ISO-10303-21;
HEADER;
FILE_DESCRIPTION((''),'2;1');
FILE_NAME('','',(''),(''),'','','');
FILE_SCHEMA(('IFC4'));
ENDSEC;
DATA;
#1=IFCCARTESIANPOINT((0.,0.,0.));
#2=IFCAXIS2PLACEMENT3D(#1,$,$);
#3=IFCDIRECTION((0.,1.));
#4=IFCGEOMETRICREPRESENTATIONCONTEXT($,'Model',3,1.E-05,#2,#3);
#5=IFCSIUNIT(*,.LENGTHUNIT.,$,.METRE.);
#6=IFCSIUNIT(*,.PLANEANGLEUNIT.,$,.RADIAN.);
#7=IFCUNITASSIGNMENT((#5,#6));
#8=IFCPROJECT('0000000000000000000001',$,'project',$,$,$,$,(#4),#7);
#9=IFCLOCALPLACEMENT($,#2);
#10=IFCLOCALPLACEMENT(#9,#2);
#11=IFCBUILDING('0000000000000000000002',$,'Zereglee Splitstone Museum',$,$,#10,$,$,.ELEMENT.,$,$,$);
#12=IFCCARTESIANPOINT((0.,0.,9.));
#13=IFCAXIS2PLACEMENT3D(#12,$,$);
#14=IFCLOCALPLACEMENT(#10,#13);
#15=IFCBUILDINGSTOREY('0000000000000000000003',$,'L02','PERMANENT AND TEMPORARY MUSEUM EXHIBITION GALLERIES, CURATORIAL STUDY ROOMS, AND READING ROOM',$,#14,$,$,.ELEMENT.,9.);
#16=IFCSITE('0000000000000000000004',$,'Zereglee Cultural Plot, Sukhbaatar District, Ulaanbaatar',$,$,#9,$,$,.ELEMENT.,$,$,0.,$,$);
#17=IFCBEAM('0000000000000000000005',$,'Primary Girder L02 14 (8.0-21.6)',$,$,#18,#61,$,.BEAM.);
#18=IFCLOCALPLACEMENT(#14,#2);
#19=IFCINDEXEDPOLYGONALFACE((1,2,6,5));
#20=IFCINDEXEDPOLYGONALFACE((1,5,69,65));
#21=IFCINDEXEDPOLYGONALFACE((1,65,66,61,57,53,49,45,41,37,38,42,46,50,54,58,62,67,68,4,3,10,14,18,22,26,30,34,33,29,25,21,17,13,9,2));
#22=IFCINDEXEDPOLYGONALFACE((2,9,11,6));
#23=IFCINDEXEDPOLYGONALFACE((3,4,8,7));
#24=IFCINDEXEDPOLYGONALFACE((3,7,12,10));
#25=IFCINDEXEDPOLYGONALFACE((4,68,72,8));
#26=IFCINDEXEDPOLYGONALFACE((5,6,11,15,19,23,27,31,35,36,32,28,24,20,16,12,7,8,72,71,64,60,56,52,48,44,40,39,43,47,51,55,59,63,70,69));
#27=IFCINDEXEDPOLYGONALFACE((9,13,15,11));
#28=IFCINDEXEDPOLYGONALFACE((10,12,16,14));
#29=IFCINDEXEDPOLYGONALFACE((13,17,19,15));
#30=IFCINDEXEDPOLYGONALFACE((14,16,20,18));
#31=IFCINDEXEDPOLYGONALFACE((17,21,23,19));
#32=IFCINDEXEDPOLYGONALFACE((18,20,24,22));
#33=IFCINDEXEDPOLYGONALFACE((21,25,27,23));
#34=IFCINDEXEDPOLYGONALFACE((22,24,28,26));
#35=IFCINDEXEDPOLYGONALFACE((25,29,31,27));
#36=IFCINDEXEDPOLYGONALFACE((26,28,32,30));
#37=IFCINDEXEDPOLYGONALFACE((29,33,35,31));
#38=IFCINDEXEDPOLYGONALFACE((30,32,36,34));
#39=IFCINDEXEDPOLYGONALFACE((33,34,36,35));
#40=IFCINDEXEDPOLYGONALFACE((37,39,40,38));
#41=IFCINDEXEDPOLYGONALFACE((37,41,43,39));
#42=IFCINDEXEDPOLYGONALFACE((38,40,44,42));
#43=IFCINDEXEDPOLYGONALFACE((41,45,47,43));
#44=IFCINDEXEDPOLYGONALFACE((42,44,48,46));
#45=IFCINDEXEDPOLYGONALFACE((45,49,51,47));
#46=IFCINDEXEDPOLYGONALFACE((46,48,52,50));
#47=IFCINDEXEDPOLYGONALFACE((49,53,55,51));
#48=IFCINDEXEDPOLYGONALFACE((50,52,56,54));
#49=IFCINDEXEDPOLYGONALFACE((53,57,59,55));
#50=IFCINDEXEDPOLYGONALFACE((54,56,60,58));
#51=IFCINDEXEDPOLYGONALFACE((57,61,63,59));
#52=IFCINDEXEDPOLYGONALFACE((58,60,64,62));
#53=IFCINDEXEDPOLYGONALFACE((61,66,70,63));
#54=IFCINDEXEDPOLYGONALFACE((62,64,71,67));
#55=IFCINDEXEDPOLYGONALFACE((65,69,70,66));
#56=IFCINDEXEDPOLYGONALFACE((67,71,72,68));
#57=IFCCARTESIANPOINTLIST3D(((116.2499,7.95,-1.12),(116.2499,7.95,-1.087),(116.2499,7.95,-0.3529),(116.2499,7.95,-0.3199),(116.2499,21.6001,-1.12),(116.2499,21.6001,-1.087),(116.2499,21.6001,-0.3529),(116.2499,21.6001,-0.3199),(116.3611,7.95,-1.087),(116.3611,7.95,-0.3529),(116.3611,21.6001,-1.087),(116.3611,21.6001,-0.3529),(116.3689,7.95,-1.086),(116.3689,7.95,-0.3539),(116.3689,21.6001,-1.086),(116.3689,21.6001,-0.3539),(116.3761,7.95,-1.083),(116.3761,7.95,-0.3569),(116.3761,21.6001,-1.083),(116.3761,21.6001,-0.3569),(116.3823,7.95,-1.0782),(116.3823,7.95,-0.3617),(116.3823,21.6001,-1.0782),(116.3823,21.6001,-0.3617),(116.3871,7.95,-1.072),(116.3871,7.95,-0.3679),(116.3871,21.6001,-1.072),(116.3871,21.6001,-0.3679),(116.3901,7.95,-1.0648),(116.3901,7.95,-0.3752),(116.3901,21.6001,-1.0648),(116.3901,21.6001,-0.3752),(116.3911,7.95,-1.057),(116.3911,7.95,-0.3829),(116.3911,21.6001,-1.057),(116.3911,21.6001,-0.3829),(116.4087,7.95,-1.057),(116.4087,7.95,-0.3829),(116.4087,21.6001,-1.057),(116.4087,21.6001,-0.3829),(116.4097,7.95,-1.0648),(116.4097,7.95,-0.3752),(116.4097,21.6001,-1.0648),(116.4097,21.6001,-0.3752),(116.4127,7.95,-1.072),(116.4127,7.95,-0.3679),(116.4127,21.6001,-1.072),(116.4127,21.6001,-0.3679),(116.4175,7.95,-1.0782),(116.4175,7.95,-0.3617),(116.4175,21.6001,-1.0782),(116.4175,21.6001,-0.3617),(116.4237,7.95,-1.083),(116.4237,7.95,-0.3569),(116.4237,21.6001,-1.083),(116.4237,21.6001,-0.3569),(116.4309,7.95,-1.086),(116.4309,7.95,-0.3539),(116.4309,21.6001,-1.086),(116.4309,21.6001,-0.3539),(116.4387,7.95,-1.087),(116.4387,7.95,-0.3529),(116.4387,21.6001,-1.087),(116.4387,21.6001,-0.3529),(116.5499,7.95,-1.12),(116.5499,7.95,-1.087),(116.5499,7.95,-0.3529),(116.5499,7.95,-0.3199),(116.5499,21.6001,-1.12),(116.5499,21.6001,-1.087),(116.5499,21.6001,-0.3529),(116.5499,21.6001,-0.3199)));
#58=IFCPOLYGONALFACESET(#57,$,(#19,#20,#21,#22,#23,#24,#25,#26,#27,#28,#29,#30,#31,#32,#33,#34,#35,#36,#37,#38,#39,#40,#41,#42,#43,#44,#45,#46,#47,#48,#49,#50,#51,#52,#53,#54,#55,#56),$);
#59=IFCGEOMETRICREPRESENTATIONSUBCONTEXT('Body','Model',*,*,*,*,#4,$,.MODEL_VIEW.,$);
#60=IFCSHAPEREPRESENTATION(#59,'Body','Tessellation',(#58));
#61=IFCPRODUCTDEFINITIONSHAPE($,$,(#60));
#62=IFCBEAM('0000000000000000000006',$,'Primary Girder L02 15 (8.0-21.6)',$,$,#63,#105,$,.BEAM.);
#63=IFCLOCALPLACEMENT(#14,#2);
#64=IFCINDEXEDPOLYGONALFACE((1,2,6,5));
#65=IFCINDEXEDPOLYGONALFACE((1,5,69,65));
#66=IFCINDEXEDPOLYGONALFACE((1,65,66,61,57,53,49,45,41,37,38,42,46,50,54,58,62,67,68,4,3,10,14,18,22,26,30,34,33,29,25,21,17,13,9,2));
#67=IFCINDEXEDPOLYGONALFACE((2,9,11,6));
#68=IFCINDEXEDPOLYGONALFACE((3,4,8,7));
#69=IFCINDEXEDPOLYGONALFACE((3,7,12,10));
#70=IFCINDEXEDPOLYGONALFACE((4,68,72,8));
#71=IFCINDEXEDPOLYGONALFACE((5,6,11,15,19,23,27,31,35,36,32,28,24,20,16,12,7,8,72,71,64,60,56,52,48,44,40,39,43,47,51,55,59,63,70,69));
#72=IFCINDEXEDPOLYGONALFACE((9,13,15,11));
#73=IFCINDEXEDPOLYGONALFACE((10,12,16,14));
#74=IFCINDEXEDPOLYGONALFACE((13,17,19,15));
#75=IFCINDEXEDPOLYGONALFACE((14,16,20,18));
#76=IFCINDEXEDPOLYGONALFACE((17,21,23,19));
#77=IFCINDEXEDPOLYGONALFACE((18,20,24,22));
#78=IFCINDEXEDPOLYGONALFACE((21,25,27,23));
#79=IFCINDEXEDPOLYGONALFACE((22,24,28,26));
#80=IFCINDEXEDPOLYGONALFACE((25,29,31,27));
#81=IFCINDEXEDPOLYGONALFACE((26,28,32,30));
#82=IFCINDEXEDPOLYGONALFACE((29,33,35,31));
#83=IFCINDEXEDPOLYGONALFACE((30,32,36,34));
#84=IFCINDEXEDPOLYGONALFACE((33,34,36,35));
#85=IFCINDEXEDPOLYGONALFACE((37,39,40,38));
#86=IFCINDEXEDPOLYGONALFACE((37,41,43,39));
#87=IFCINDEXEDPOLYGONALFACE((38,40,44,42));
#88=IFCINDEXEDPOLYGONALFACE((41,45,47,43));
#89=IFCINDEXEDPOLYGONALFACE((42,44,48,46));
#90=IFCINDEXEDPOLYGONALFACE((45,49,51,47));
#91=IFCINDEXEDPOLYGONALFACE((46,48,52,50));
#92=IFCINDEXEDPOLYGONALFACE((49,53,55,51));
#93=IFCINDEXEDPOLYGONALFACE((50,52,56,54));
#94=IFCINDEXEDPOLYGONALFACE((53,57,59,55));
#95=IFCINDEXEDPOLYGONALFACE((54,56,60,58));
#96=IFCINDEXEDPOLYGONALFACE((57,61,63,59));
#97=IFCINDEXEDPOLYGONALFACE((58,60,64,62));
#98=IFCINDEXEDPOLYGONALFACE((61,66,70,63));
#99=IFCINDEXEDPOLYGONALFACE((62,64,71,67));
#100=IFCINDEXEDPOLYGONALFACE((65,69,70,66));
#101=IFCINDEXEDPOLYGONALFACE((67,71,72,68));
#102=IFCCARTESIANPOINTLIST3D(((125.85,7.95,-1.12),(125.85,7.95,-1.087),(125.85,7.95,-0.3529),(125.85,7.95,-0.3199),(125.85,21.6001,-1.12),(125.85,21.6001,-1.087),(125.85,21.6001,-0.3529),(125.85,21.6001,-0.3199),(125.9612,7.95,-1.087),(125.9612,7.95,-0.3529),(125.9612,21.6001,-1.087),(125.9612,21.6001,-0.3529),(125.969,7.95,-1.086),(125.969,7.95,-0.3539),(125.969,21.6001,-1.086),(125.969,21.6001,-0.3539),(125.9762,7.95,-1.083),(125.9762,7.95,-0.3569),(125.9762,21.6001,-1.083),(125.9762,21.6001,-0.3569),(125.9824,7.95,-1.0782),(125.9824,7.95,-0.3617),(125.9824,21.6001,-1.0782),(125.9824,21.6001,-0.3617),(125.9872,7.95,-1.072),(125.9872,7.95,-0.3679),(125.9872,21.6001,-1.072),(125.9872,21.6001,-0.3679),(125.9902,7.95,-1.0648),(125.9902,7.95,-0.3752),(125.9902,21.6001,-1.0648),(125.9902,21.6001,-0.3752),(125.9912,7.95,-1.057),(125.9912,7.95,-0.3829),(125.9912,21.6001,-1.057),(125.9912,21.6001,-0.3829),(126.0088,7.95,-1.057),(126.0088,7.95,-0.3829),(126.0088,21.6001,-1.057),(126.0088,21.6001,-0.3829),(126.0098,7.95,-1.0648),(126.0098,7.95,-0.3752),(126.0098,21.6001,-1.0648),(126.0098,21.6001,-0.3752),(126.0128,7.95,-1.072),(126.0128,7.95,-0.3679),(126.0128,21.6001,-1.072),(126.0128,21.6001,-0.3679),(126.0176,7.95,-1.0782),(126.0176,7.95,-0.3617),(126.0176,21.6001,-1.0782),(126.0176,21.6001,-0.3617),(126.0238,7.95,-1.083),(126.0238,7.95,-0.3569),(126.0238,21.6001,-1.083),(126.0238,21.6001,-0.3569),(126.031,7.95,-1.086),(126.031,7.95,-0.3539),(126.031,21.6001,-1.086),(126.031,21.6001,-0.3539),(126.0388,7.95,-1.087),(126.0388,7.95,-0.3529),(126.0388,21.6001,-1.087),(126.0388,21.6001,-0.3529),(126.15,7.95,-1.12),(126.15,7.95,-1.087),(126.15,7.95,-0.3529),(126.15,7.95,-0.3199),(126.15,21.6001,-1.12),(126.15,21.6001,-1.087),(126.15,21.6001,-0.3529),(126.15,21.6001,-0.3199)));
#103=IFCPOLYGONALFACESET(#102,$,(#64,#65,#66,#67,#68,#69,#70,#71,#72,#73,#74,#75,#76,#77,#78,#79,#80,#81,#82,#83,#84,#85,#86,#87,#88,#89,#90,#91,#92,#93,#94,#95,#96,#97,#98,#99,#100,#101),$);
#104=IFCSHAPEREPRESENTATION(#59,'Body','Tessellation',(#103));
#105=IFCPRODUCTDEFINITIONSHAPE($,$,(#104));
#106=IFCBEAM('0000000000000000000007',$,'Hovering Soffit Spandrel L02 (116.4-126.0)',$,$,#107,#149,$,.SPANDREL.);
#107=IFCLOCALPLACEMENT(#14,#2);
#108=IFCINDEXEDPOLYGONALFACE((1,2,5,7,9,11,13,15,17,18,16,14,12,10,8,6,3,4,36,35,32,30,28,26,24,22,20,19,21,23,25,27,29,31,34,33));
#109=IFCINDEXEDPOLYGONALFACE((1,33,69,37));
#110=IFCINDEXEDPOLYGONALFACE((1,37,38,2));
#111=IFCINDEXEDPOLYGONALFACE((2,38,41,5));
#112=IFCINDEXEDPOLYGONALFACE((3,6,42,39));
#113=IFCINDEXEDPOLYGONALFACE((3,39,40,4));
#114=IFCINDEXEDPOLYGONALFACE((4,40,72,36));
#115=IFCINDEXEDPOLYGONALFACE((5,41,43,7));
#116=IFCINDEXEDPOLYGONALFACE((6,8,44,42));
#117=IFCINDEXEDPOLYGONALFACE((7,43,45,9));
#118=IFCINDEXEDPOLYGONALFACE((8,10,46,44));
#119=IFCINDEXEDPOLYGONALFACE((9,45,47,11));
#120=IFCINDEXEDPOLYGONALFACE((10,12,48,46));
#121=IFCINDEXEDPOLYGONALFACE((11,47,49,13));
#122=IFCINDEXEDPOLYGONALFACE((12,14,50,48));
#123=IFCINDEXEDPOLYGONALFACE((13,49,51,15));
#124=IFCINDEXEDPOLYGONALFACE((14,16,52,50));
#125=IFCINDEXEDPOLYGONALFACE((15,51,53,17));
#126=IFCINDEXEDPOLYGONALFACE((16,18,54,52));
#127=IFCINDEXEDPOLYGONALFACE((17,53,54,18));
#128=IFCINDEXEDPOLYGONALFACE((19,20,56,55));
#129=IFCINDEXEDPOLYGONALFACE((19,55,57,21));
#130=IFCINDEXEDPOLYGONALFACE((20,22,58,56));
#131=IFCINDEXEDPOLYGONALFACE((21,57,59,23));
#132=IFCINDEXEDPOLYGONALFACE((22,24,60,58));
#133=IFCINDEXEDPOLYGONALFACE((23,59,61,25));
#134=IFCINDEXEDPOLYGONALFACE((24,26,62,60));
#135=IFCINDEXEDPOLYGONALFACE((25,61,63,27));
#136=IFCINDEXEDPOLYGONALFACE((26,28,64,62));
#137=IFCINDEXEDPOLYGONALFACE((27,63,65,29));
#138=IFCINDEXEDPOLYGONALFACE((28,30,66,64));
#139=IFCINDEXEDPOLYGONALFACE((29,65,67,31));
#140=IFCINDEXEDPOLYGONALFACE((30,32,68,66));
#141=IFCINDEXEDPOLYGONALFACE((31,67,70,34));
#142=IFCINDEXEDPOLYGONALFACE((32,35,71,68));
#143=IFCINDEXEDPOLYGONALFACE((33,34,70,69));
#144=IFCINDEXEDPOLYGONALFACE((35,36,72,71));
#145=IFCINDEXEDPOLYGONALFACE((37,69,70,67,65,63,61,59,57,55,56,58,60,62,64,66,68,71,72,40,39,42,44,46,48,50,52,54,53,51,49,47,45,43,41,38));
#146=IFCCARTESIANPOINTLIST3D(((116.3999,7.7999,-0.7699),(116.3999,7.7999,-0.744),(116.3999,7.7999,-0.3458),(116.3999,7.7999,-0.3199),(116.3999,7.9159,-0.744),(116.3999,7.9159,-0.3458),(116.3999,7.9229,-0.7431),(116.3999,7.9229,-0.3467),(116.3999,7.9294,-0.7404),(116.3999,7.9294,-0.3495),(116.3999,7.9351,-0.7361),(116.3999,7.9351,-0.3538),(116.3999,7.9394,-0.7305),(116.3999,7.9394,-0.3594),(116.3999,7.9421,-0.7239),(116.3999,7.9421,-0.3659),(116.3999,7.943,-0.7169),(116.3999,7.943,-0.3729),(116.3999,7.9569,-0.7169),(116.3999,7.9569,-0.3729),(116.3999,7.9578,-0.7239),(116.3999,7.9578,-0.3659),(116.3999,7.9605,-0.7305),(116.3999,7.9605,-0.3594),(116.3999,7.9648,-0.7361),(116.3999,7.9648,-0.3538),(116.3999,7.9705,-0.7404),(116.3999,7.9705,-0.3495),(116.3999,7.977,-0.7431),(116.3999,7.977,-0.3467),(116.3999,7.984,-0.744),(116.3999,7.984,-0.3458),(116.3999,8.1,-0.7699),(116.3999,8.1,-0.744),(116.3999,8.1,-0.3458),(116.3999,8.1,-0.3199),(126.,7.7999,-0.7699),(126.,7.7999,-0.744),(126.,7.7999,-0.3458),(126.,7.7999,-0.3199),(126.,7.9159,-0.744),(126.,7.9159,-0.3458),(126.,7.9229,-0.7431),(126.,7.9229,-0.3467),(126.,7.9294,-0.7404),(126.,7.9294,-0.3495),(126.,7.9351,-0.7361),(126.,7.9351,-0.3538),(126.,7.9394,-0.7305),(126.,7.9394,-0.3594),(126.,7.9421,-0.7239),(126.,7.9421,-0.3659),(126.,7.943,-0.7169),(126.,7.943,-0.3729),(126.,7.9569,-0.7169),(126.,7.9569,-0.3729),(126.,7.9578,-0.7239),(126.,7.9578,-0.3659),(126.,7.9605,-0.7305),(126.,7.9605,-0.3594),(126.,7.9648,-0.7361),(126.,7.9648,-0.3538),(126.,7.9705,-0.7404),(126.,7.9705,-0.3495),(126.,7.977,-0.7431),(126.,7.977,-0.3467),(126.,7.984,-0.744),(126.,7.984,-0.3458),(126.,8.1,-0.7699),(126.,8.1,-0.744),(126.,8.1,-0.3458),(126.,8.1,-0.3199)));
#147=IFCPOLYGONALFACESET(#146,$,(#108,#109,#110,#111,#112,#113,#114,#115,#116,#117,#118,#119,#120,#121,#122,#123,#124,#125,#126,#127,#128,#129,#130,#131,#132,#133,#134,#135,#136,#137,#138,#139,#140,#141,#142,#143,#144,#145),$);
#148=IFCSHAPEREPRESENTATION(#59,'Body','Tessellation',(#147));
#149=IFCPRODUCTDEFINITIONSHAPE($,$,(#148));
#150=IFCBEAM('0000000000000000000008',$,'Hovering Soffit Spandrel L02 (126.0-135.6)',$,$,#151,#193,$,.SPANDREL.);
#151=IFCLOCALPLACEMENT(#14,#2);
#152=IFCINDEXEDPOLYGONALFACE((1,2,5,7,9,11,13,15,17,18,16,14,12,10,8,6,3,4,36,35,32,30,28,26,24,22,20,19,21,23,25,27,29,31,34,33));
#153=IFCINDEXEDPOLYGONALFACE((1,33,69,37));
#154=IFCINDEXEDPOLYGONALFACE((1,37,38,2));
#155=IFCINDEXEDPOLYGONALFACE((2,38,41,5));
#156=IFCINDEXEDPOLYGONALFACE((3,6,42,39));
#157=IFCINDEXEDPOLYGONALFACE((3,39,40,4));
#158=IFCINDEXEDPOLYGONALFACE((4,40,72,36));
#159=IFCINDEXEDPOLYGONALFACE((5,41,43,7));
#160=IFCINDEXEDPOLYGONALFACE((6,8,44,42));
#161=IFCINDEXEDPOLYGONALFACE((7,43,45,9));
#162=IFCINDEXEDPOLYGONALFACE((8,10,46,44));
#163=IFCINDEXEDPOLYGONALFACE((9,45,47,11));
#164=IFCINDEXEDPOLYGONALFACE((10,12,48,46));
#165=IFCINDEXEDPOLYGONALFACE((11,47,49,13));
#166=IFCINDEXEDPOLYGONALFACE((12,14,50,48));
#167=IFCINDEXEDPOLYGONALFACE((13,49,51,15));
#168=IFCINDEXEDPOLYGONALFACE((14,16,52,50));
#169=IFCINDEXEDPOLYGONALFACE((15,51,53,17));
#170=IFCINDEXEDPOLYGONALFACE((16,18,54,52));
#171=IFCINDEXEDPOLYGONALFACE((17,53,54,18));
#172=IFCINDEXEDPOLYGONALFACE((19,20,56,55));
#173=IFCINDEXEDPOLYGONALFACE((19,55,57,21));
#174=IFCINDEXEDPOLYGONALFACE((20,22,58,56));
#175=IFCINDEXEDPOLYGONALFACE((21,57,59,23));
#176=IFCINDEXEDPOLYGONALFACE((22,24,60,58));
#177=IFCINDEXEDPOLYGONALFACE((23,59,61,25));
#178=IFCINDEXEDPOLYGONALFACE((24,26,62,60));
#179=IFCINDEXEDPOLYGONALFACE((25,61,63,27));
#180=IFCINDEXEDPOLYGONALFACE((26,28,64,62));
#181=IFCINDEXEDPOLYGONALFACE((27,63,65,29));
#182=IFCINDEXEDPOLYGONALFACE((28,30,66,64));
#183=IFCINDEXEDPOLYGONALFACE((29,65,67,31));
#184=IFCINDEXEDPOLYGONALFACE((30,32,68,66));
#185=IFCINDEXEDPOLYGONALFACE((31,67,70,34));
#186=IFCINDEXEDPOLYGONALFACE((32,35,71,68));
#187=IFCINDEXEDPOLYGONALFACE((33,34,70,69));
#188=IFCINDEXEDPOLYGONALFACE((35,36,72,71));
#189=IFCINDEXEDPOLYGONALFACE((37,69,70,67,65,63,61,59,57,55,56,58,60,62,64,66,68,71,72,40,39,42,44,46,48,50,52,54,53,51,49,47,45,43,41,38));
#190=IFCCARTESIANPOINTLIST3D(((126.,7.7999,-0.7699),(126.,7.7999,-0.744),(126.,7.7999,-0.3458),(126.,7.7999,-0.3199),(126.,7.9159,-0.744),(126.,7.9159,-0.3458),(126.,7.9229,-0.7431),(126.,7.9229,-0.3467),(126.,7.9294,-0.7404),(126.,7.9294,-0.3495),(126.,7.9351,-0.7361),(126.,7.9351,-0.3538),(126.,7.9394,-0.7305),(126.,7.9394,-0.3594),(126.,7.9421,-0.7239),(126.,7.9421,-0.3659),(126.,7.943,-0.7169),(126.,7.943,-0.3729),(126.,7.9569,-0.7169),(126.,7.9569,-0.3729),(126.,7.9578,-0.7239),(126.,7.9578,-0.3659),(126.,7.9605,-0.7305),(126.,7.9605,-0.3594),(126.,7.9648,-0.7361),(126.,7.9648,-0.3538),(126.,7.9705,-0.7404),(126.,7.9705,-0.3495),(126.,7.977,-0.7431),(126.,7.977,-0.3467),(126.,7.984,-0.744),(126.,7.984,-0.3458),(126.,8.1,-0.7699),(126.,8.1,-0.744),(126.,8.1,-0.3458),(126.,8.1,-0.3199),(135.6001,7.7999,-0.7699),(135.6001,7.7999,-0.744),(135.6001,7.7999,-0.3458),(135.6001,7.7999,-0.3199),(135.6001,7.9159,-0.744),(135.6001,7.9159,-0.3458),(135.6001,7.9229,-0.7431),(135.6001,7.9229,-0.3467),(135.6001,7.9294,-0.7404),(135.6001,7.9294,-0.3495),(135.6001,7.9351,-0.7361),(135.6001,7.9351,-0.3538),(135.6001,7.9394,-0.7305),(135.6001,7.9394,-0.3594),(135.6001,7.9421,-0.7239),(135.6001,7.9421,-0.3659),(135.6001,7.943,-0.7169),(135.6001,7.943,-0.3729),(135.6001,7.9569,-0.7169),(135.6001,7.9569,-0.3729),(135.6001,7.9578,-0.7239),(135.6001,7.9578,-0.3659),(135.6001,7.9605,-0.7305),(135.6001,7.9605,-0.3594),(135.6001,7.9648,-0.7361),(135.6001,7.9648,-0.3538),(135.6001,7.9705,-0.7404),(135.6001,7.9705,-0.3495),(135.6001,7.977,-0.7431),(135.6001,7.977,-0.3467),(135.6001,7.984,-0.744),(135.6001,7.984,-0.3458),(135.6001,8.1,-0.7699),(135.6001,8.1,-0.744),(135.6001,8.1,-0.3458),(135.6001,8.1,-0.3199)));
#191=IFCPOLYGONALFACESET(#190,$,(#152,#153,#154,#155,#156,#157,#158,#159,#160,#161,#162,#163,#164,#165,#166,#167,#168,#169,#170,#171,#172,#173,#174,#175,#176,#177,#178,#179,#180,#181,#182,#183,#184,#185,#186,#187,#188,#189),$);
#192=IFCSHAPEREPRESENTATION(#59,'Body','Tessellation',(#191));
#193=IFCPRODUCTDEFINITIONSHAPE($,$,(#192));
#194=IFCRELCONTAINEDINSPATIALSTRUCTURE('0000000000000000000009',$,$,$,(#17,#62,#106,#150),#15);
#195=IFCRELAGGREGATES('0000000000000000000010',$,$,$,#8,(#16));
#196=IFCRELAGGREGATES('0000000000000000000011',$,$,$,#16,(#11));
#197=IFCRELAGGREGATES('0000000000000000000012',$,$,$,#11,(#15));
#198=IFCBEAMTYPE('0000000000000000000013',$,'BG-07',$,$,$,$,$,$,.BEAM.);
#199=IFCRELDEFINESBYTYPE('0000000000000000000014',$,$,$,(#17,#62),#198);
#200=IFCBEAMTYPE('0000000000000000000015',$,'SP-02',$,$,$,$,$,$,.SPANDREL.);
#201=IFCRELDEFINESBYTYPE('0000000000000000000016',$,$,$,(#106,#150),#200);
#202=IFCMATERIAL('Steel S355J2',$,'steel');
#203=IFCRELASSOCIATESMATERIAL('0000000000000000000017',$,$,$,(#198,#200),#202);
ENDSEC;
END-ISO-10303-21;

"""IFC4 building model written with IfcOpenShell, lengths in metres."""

from ifc_helpers import new_model, si_unit, direction, frame, origin, origin_2d, place, context, subcontext, project, spatial, i_section, extrude, material, material_profile, profile_set, type_object, element, save


model = new_model("IFC4")

# Units and contexts
model_context = context("Model", 3, precision=1e-05, world=origin(), true_north=direction((0.0, 1.0)))
body_context = subcontext(model_context, "Body", "Model", "MODEL_VIEW")
ifc_project = project(units=[si_unit("LENGTHUNIT", "METRE"), si_unit("PLANEANGLEUNIT", "RADIAN")], contexts=[model_context])

# Site, building, storey
site_placement = place(None, origin())
site = spatial("IfcSite", under=ifc_project, at=site_placement, Name="Zereglee Cultural Plot, Sukhbaatar District, Ulaanbaatar", CompositionType="ELEMENT", RefElevation=0.0)
building_placement = place(site_placement, origin())
building = spatial("IfcBuilding", under=site, at=building_placement, Name="Zereglee Splitstone Museum", CompositionType="ELEMENT")
storey_placement = place(building_placement, frame((0.0, 0.0, 9.0)))
storey = spatial("IfcBuildingStorey", under=building, at=storey_placement, Name="L02", Description="PERMANENT AND TEMPORARY MUSEUM EXHIBITION GALLERIES, CURATORIAL STUDY ROOMS, AND READING ROOM", CompositionType="ELEMENT", Elevation=9.0)

# Beams
ifc_material_1 = material(Name="Steel S355J2", Category="steel")
ifc_material_profile_1 = material_profile(ifc_material_1, i_section(OverallWidth=0.3, OverallDepth=0.8, WebThickness=0.0176, FlangeThickness=0.033, FilletRadius=0.03, at=origin_2d()), Name="HE 800 B")
ifc_profile_set_1 = profile_set([ifc_material_profile_1], Name="Steel S355J2")
beam_type_1 = type_object("IfcBeamType", Name="BG-07", PredefinedType="BEAM", material=ifc_profile_set_1)
for number, where, z_axis, x_axis, name in (
    (1, (116.3999, 7.95, -0.72), (0.0, 1.0, 0.0), (-1.0, 0.0, 0.0), "Primary Girder L02 14 (8.0-21.6)"),
    (2, (126.0, 7.95, -0.72), (0.0, 1.0, 0.0), (-1.0, 0.0, 0.0), "Primary Girder L02 15 (8.0-21.6)"),
):
    element("IfcBeam", number, at=place(storey_placement, frame(where, z_axis=z_axis, x_axis=x_axis)), inside=storey, type_object=beam_type_1, Name=name, PredefinedType="BEAM", context=body_context, shape_type="SweptSolid", body=[
        extrude(i_section(OverallWidth=0.3, OverallDepth=0.8, WebThickness=0.0176, FlangeThickness=0.033, FilletRadius=0.03, at=origin_2d()), origin(), (0.0, 0.0, 1.0), 13.6501),
    ])
ifc_material_profile_2 = material_profile(ifc_material_1, i_section(OverallWidth=0.3, OverallDepth=0.45, WebThickness=0.0139, FlangeThickness=0.0259, FilletRadius=0.0271, at=origin_2d()), Name="HE 450 B")
ifc_profile_set_2 = profile_set([ifc_material_profile_2], Name="Steel S355J2")
beam_type_2 = type_object("IfcBeamType", Name="SP-02", PredefinedType="SPANDREL", material=ifc_profile_set_2)
for number, where, z_axis, x_axis, name in (
    (3, (116.3999, 7.95, -0.5449), (1.0, 0.0, 0.0), (0.0, 1.0, 0.0), "Hovering Soffit Spandrel L02 (116.4-126.0)"),
    (4, (126.0, 7.95, -0.5449), (1.0, 0.0, 0.0), (0.0, 1.0, 0.0), "Hovering Soffit Spandrel L02 (126.0-135.6)"),
):
    element("IfcBeam", number, at=place(storey_placement, frame(where, z_axis=z_axis, x_axis=x_axis)), inside=storey, type_object=beam_type_2, Name=name, PredefinedType="SPANDREL", context=body_context, shape_type="SweptSolid", body=[
        extrude(i_section(OverallWidth=0.3, OverallDepth=0.45, WebThickness=0.0139, FlangeThickness=0.0259, FilletRadius=0.0271, at=origin_2d()), origin(), (0.0, 0.0, 1.0), 9.6001),
    ])

save(model, "model.ifc")
